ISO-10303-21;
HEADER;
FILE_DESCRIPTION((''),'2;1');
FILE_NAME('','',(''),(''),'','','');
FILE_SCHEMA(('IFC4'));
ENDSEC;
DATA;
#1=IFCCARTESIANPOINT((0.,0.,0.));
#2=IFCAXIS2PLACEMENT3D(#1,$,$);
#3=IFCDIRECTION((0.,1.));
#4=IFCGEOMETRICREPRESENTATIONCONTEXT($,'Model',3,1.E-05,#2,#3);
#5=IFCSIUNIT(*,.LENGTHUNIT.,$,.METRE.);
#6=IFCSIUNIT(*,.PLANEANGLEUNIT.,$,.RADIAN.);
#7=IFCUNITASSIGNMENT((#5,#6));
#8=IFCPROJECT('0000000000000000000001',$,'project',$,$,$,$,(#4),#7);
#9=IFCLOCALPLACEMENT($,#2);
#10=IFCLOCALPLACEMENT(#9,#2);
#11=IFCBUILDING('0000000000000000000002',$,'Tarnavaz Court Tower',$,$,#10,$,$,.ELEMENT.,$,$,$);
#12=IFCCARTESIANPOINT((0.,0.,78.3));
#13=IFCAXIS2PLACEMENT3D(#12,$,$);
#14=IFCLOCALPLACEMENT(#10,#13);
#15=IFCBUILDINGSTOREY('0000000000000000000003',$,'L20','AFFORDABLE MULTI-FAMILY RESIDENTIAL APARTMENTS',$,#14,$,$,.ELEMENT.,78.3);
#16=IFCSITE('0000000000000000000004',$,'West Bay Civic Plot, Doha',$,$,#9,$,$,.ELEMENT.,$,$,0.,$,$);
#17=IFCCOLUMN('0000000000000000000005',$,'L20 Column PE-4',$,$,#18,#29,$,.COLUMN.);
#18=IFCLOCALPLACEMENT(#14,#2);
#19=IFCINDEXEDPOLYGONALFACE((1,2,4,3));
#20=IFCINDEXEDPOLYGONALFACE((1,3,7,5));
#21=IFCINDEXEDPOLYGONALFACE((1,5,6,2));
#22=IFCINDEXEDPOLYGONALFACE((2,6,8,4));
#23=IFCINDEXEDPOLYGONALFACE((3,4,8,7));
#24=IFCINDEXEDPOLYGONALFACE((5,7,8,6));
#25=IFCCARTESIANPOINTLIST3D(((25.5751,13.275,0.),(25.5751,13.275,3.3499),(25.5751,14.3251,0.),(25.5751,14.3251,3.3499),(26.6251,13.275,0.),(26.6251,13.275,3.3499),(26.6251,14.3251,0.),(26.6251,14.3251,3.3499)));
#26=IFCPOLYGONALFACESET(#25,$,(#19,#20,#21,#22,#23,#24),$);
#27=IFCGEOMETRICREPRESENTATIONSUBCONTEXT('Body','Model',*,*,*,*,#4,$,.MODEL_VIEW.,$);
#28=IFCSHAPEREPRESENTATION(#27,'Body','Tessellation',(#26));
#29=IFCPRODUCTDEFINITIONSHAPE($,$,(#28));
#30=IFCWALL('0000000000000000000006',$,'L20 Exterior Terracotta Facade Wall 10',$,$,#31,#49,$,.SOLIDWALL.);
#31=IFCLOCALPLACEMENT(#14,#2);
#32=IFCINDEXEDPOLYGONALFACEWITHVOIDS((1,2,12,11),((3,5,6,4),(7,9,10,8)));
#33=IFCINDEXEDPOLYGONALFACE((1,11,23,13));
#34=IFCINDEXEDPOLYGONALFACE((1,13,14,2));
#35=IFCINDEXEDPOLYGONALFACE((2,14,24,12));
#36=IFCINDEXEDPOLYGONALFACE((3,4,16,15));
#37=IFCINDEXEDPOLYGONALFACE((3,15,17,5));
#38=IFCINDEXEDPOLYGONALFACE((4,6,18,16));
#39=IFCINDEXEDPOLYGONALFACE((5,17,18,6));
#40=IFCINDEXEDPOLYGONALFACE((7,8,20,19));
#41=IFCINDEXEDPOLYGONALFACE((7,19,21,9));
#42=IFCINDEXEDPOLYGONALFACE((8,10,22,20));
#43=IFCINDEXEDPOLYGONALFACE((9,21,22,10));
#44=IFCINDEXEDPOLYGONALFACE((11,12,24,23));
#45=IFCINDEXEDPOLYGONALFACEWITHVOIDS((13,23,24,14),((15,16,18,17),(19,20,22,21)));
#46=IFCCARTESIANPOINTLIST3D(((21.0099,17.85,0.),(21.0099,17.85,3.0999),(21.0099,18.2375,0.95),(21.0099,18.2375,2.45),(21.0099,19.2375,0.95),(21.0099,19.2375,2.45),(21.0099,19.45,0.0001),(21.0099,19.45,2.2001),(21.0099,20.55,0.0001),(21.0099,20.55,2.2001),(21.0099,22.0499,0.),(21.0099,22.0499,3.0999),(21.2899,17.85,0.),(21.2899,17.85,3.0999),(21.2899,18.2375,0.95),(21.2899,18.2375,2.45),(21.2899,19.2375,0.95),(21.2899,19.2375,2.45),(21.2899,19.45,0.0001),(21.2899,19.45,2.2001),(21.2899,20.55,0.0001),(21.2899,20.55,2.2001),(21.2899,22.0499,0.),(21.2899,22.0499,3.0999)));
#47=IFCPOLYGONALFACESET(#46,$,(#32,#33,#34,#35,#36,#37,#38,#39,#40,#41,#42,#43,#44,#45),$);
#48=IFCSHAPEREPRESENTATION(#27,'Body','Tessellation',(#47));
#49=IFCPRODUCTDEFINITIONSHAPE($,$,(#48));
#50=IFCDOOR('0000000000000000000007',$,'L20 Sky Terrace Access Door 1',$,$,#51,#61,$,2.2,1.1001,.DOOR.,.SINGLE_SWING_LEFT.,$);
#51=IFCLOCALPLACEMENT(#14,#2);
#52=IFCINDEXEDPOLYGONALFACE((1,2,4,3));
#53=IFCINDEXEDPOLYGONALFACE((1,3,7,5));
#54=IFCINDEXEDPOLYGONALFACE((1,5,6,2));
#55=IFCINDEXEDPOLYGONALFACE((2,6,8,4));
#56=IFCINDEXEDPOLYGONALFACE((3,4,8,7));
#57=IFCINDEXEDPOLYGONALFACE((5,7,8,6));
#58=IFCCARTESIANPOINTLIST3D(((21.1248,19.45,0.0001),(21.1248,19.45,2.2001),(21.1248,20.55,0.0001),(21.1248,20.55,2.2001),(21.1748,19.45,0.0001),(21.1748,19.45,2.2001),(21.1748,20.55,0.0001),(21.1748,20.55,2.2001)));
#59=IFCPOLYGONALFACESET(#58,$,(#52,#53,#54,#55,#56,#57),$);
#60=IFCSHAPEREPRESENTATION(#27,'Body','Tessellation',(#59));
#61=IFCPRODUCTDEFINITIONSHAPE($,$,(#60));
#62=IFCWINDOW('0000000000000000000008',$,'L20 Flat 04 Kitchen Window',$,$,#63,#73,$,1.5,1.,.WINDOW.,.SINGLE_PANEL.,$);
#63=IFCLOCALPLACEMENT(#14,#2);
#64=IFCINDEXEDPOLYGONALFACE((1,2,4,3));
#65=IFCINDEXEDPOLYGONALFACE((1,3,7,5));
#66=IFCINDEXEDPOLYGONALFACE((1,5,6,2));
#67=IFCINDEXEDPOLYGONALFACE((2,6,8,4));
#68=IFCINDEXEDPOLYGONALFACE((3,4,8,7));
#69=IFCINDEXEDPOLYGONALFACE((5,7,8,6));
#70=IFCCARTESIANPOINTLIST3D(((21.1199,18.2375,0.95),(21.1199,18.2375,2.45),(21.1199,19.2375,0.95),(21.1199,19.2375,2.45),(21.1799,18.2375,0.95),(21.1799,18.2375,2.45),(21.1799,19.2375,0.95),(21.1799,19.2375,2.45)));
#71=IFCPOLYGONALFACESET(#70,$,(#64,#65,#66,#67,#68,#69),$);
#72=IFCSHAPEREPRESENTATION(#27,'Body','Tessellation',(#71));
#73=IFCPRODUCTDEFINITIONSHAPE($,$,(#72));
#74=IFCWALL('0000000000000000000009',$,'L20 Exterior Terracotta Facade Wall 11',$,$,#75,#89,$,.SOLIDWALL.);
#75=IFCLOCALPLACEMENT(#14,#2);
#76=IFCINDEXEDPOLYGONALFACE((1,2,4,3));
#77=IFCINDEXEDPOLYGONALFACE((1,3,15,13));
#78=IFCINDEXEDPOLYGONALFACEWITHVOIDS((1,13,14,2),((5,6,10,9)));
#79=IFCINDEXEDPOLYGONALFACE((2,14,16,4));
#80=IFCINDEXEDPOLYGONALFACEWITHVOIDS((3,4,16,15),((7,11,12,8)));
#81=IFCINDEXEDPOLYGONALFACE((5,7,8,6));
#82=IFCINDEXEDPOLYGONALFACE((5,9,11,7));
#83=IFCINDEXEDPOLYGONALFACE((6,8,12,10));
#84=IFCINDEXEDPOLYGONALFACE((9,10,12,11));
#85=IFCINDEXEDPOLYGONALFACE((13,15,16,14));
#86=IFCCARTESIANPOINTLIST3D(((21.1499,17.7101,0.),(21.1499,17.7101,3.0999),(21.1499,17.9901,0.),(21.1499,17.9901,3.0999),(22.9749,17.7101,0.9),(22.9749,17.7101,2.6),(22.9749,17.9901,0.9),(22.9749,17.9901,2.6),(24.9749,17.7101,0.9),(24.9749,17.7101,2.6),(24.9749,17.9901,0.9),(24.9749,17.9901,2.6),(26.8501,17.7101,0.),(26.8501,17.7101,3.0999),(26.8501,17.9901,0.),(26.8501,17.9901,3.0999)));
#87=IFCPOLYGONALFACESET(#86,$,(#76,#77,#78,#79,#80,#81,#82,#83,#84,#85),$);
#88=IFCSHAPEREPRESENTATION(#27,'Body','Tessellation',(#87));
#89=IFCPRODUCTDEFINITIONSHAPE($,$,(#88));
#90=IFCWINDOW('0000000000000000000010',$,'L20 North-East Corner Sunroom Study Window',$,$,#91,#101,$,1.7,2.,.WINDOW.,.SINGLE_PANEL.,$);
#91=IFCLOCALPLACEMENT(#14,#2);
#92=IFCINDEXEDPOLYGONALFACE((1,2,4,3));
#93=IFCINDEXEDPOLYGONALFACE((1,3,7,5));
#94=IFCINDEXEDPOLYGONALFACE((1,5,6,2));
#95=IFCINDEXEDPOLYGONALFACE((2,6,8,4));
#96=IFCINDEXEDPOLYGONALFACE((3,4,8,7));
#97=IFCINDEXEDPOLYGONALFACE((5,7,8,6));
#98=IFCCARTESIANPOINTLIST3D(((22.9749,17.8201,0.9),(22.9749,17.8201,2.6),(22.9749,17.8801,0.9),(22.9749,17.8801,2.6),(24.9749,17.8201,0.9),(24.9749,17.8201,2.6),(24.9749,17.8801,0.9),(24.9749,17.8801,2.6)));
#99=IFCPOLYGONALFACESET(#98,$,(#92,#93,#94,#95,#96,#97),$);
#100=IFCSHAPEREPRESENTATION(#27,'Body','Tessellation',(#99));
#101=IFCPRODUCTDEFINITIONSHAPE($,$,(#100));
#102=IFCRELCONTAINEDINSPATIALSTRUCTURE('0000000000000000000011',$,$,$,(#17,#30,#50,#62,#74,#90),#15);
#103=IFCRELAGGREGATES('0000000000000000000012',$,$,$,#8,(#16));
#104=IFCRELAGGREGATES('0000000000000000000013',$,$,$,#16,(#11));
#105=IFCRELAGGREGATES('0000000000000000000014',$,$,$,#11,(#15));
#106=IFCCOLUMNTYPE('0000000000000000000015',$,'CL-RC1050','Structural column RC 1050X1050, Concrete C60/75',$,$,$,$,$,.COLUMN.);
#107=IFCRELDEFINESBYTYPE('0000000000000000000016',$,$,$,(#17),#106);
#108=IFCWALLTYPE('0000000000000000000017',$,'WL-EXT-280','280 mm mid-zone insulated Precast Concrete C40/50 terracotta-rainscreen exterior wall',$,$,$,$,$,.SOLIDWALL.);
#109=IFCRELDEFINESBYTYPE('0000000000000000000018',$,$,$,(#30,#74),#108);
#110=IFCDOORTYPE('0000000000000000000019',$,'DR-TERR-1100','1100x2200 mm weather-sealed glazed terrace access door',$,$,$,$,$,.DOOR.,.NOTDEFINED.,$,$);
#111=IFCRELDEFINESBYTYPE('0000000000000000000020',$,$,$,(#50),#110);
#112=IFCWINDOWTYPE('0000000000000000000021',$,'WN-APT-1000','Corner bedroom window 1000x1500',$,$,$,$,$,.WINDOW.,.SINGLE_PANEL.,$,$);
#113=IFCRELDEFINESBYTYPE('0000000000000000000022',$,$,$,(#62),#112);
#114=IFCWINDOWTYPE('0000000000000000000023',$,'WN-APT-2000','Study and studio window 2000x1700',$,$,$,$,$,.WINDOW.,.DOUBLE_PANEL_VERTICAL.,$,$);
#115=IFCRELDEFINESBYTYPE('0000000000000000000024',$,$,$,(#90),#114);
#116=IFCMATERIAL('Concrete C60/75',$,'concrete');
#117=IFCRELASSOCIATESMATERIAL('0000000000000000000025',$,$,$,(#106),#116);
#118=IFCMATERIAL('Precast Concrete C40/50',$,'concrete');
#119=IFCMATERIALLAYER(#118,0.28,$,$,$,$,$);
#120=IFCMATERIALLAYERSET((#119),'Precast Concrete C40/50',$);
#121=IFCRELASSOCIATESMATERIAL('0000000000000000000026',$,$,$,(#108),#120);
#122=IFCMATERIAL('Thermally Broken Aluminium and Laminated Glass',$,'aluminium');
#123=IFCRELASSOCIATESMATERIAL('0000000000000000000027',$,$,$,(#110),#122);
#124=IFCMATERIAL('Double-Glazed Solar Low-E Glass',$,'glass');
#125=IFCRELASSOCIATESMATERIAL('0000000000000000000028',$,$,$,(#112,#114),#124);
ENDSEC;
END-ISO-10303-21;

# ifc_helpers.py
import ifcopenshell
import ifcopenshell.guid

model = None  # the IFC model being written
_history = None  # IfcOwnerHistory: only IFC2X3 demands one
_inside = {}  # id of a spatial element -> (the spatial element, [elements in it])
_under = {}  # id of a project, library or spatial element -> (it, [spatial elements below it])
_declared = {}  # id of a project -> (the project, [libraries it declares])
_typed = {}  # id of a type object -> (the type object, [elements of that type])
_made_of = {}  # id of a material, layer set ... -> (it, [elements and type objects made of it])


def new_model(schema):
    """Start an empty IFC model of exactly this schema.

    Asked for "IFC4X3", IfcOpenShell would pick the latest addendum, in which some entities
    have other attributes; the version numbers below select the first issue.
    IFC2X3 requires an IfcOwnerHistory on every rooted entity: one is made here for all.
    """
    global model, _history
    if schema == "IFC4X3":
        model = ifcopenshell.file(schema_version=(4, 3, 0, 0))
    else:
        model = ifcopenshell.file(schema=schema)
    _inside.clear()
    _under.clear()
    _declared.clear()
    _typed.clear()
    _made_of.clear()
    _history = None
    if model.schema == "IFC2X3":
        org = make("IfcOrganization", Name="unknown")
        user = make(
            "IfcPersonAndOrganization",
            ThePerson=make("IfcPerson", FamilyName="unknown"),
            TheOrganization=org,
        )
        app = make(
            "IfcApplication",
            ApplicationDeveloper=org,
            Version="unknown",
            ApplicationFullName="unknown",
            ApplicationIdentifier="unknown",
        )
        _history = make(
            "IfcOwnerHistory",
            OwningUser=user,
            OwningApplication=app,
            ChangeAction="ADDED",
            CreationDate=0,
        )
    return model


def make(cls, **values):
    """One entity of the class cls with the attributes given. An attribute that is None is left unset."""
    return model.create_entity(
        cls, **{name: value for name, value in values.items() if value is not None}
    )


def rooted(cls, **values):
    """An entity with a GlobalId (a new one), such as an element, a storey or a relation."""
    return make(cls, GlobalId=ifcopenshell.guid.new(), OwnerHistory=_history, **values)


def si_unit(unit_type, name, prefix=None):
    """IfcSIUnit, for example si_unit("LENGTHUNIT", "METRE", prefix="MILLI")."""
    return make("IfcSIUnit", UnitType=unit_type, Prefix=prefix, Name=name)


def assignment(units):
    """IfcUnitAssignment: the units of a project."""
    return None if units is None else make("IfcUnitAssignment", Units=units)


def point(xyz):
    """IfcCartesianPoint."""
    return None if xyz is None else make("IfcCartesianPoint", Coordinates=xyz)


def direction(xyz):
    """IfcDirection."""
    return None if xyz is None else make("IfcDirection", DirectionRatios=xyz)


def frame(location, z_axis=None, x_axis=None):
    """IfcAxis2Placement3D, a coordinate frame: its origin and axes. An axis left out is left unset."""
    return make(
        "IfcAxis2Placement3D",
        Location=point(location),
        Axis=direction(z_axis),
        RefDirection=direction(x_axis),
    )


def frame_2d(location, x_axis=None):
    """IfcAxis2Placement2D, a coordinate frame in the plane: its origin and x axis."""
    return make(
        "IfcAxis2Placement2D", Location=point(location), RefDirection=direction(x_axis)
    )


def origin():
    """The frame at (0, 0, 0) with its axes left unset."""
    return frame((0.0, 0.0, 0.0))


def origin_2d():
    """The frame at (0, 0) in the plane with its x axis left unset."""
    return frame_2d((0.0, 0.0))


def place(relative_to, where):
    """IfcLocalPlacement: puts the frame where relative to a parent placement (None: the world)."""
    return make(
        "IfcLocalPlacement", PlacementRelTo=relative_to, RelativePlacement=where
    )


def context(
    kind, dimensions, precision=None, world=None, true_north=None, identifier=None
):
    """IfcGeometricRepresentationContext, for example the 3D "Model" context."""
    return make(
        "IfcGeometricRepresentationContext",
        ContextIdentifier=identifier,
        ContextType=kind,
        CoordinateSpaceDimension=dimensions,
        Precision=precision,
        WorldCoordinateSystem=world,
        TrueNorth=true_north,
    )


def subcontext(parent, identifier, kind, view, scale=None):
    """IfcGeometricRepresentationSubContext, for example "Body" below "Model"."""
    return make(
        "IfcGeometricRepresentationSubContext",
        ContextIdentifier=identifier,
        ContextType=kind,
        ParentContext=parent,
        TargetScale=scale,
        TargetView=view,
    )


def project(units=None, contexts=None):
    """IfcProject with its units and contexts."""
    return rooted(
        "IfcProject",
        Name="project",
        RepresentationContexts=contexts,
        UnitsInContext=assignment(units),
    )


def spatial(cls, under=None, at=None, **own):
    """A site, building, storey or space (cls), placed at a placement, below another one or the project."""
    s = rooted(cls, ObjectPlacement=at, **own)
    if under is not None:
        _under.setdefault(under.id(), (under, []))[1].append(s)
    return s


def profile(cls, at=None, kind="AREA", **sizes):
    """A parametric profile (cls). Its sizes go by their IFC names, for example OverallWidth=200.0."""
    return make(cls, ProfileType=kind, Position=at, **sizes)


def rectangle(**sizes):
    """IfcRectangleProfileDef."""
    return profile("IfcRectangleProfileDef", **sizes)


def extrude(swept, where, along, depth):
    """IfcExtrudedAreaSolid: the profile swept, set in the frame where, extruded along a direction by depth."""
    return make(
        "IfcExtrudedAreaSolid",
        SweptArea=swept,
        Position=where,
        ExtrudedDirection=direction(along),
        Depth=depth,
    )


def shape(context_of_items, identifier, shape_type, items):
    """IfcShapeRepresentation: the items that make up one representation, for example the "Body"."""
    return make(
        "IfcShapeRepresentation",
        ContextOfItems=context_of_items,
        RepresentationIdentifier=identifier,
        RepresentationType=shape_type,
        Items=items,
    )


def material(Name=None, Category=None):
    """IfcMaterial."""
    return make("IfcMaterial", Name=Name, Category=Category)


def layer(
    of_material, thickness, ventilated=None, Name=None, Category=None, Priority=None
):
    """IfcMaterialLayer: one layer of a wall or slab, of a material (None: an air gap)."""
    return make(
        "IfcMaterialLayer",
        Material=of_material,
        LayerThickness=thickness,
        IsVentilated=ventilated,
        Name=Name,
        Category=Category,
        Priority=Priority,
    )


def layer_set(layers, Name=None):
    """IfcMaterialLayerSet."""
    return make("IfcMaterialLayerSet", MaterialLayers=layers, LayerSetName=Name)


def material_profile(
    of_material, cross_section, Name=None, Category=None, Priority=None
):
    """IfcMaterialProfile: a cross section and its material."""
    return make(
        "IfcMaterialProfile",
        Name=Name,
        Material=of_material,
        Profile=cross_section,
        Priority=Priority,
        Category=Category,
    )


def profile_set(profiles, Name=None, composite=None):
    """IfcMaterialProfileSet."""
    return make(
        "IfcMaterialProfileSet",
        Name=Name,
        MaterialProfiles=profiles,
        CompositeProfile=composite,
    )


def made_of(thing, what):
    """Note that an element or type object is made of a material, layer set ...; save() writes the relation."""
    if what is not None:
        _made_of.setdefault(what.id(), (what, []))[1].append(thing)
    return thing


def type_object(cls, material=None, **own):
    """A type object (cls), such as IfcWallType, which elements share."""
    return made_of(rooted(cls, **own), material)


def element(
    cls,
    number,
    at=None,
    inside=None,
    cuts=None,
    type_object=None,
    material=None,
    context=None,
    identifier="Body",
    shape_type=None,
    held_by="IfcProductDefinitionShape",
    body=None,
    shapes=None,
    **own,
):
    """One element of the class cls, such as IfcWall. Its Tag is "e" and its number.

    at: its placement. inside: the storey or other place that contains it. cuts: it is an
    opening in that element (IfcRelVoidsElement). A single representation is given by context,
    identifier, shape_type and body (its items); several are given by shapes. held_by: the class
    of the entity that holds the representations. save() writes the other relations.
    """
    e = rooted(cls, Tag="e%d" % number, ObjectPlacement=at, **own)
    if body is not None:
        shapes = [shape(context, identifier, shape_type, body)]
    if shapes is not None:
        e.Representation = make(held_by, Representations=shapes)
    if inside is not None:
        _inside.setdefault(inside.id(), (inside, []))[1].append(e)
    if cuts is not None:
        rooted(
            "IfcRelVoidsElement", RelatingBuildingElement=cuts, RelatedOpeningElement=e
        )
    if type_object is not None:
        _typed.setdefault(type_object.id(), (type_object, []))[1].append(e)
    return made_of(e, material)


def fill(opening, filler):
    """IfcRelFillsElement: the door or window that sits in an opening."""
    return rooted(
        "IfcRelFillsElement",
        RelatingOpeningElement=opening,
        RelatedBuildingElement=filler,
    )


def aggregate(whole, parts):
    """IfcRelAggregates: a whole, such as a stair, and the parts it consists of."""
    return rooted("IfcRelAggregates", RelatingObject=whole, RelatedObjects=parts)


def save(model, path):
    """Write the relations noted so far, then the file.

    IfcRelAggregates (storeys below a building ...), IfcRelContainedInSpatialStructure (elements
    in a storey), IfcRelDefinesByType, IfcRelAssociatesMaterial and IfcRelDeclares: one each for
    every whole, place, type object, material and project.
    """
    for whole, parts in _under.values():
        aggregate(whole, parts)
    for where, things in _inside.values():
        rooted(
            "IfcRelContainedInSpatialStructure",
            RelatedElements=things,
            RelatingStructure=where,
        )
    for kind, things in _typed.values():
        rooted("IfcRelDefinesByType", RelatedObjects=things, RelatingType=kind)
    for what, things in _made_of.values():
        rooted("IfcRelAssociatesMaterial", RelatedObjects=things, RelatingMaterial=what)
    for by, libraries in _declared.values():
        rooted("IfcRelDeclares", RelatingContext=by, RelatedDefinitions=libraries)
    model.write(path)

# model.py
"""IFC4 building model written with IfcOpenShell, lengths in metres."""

from ifc_helpers import new_model, si_unit, direction, frame, frame_2d, origin, origin_2d, place, context, subcontext, project, spatial, rectangle, extrude, material, layer, layer_set, material_profile, profile_set, type_object, element, fill, save


model = new_model("IFC4")

# Units and contexts
model_context = context("Model", 3, precision=1e-05, world=origin(), true_north=direction((0.0, 1.0)))
body_context = subcontext(model_context, "Body", "Model", "MODEL_VIEW")
ifc_project = project(units=[si_unit("LENGTHUNIT", "METRE"), si_unit("PLANEANGLEUNIT", "RADIAN")], contexts=[model_context])

# Site, building, storey
site_placement = place(None, origin())
site = spatial("IfcSite", under=ifc_project, at=site_placement, Name="West Bay Civic Plot, Doha", CompositionType="ELEMENT", RefElevation=0.0)
building_placement = place(site_placement, origin())
building = spatial("IfcBuilding", under=site, at=building_placement, Name="Tarnavaz Court Tower", CompositionType="ELEMENT")
storey_placement = place(building_placement, frame((0.0, 0.0, 78.3)))
storey = spatial("IfcBuildingStorey", under=building, at=storey_placement, Name="L20", Description="AFFORDABLE MULTI-FAMILY RESIDENTIAL APARTMENTS", CompositionType="ELEMENT", Elevation=78.3)

# Column
ifc_material_1 = material(Name="Concrete C60/75", Category="concrete")
ifc_material_profile_1 = material_profile(ifc_material_1, rectangle(XDim=1.05, YDim=1.05, at=origin_2d()), Name="RC 1050X1050")
ifc_profile_set_1 = profile_set([ifc_material_profile_1], Name="Concrete C60/75")
column_type = type_object("IfcColumnType", Name="CL-RC1050", Description="Structural column RC 1050X1050, Concrete C60/75", PredefinedType="COLUMN", material=ifc_profile_set_1)
column_placement = place(storey_placement, frame((26.1001, 13.8, 0.0), z_axis=(0.0, 0.0, 1.0), x_axis=(1.0, 0.0, 0.0)))
element("IfcColumn", 1, at=column_placement, inside=storey, type_object=column_type, Name="L20 Column PE-4", PredefinedType="COLUMN", context=body_context, shape_type="SweptSolid", body=[
    extrude(rectangle(XDim=1.05, YDim=1.05, at=origin_2d()), origin(), (0.0, 0.0, 1.0), 3.3499),
])

# Wall, openings, door, window
ifc_material_2 = material(Name="Precast Concrete C40/50", Category="concrete")
ifc_layer = layer(ifc_material_2, 0.28)
ifc_layer_set = layer_set([ifc_layer], Name="Precast Concrete C40/50")
wall_type = type_object("IfcWallType", Name="WL-EXT-280", Description="280 mm mid-zone insulated Precast Concrete C40/50 terracotta-rainscreen exterior wall", PredefinedType="SOLIDWALL", material=ifc_layer_set)
wall_1_placement = place(storey_placement, frame((21.1499, 22.05, 0.0), z_axis=(0.0, 0.0, 1.0), x_axis=(0.0, -1.0, 0.0)))
wall_1 = element("IfcWall", 2, at=wall_1_placement, inside=storey, type_object=wall_type, Name="L20 Exterior Terracotta Facade Wall 10", PredefinedType="SOLIDWALL", context=body_context, shape_type="SweptSolid", body=[
    extrude(rectangle(XDim=4.2, YDim=0.28, at=frame_2d((2.1001, 0.0))), origin(), (0.0, 0.0, 1.0), 3.0999),
])
opening_1_placement = place(wall_1_placement, frame((1.5, 0.0, 0.0)))
opening_1 = element("IfcOpeningElement", 3, at=opening_1_placement, cuts=wall_1, PredefinedType="OPENING", context=body_context, shape_type="SweptSolid", body=[
    extrude(rectangle(XDim=1.1001, YDim=2.2, at=frame_2d((0.55, 1.1001))), frame((0.0, 0.1499, 0.0), z_axis=(0.0, -1.0, 0.0), x_axis=(1.0, 0.0, 0.0)), (0.0, 0.0, 1.0), 0.3),
])
opening_2_placement = place(wall_1_placement, frame((2.8125, 0.0, 0.95)))
opening_2 = element("IfcOpeningElement", 4, at=opening_2_placement, cuts=wall_1, PredefinedType="OPENING", context=body_context, shape_type="SweptSolid", body=[
    extrude(rectangle(XDim=1.0, YDim=1.5, at=frame_2d((0.5, 0.75))), frame((0.0, 0.1499, 0.0), z_axis=(0.0, -1.0, 0.0), x_axis=(1.0, 0.0, 0.0)), (0.0, 0.0, 1.0), 0.3),
])
ifc_material_3 = material(Name="Thermally Broken Aluminium and Laminated Glass", Category="aluminium")
door_type = type_object("IfcDoorType", Name="DR-TERR-1100", Description="1100x2200 mm weather-sealed glazed terrace access door", OperationType="NOTDEFINED", PredefinedType="DOOR", material=ifc_material_3)
door_placement = place(opening_1_placement, origin())
door = element("IfcDoor", 5, at=door_placement, inside=storey, type_object=door_type, Name="L20 Sky Terrace Access Door 1", OperationType="SINGLE_SWING_LEFT", OverallHeight=2.2, OverallWidth=1.1001, PredefinedType="DOOR", context=body_context, shape_type="SweptSolid", body=[
    extrude(rectangle(XDim=1.1001, YDim=2.2, at=frame_2d((0.55, 1.1001))), frame((0.0, 0.0249, 0.0), z_axis=(0.0, -1.0, 0.0), x_axis=(1.0, 0.0, 0.0)), (0.0, 0.0, 1.0), 0.05),
])
fill(opening_1, door)
ifc_material_4 = material(Name="Double-Glazed Solar Low-E Glass", Category="glass")
window_type_1 = type_object("IfcWindowType", Name="WN-APT-1000", Description="Corner bedroom window 1000x1500", PartitioningType="SINGLE_PANEL", PredefinedType="WINDOW", material=ifc_material_4)
window_1_placement = place(opening_2_placement, origin())
window_1 = element("IfcWindow", 6, at=window_1_placement, inside=storey, type_object=window_type_1, Name="L20 Flat 04 Kitchen Window", OverallHeight=1.5, OverallWidth=1.0, PartitioningType="SINGLE_PANEL", PredefinedType="WINDOW", context=body_context, shape_type="SweptSolid", body=[
    extrude(rectangle(XDim=1.0, YDim=1.5, at=frame_2d((0.5, 0.75))), frame((0.0, 0.03, 0.0), z_axis=(0.0, -1.0, 0.0), x_axis=(1.0, 0.0, 0.0)), (0.0, 0.0, 1.0), 0.0601),
])
fill(opening_2, window_1)

# Wall, opening, window
wall_2_placement = place(storey_placement, frame((21.1499, 17.8501, 0.0), z_axis=(0.0, 0.0, 1.0), x_axis=(1.0, 0.0, 0.0)))
wall_2 = element("IfcWall", 7, at=wall_2_placement, inside=storey, type_object=wall_type, Name="L20 Exterior Terracotta Facade Wall 11", PredefinedType="SOLIDWALL", context=body_context, shape_type="SweptSolid", body=[
    extrude(rectangle(XDim=5.7002, YDim=0.28, at=frame_2d((2.8501, 0.0))), origin(), (0.0, 0.0, 1.0), 3.0999),
])
opening_3_placement = place(wall_2_placement, frame((1.825, 0.0, 0.8999)))
opening_3 = element("IfcOpeningElement", 8, at=opening_3_placement, cuts=wall_2, PredefinedType="OPENING", context=body_context, shape_type="SweptSolid", body=[
    extrude(rectangle(XDim=2.0, YDim=1.7, at=frame_2d((1.0, 0.8501))), frame((0.0, 0.1499, 0.0), z_axis=(0.0, -1.0, 0.0), x_axis=(1.0, 0.0, 0.0)), (0.0, 0.0, 1.0), 0.3),
])
window_type_2 = type_object("IfcWindowType", Name="WN-APT-2000", Description="Study and studio window 2000x1700", PartitioningType="DOUBLE_PANEL_VERTICAL", PredefinedType="WINDOW", material=ifc_material_4)
window_2_placement = place(opening_3_placement, origin())
window_2 = element("IfcWindow", 9, at=window_2_placement, inside=storey, type_object=window_type_2, Name="L20 North-East Corner Sunroom Study Window", OverallHeight=1.7, OverallWidth=2.0, PartitioningType="SINGLE_PANEL", PredefinedType="WINDOW", context=body_context, shape_type="SweptSolid", body=[
    extrude(rectangle(XDim=2.0, YDim=1.7, at=frame_2d((1.0, 0.8501))), frame((0.0, 0.03, 0.0), z_axis=(0.0, -1.0, 0.0), x_axis=(1.0, 0.0, 0.0)), (0.0, 0.0, 1.0), 0.0601),
])
fill(opening_3, window_2)

save(model, "model.ifc")
